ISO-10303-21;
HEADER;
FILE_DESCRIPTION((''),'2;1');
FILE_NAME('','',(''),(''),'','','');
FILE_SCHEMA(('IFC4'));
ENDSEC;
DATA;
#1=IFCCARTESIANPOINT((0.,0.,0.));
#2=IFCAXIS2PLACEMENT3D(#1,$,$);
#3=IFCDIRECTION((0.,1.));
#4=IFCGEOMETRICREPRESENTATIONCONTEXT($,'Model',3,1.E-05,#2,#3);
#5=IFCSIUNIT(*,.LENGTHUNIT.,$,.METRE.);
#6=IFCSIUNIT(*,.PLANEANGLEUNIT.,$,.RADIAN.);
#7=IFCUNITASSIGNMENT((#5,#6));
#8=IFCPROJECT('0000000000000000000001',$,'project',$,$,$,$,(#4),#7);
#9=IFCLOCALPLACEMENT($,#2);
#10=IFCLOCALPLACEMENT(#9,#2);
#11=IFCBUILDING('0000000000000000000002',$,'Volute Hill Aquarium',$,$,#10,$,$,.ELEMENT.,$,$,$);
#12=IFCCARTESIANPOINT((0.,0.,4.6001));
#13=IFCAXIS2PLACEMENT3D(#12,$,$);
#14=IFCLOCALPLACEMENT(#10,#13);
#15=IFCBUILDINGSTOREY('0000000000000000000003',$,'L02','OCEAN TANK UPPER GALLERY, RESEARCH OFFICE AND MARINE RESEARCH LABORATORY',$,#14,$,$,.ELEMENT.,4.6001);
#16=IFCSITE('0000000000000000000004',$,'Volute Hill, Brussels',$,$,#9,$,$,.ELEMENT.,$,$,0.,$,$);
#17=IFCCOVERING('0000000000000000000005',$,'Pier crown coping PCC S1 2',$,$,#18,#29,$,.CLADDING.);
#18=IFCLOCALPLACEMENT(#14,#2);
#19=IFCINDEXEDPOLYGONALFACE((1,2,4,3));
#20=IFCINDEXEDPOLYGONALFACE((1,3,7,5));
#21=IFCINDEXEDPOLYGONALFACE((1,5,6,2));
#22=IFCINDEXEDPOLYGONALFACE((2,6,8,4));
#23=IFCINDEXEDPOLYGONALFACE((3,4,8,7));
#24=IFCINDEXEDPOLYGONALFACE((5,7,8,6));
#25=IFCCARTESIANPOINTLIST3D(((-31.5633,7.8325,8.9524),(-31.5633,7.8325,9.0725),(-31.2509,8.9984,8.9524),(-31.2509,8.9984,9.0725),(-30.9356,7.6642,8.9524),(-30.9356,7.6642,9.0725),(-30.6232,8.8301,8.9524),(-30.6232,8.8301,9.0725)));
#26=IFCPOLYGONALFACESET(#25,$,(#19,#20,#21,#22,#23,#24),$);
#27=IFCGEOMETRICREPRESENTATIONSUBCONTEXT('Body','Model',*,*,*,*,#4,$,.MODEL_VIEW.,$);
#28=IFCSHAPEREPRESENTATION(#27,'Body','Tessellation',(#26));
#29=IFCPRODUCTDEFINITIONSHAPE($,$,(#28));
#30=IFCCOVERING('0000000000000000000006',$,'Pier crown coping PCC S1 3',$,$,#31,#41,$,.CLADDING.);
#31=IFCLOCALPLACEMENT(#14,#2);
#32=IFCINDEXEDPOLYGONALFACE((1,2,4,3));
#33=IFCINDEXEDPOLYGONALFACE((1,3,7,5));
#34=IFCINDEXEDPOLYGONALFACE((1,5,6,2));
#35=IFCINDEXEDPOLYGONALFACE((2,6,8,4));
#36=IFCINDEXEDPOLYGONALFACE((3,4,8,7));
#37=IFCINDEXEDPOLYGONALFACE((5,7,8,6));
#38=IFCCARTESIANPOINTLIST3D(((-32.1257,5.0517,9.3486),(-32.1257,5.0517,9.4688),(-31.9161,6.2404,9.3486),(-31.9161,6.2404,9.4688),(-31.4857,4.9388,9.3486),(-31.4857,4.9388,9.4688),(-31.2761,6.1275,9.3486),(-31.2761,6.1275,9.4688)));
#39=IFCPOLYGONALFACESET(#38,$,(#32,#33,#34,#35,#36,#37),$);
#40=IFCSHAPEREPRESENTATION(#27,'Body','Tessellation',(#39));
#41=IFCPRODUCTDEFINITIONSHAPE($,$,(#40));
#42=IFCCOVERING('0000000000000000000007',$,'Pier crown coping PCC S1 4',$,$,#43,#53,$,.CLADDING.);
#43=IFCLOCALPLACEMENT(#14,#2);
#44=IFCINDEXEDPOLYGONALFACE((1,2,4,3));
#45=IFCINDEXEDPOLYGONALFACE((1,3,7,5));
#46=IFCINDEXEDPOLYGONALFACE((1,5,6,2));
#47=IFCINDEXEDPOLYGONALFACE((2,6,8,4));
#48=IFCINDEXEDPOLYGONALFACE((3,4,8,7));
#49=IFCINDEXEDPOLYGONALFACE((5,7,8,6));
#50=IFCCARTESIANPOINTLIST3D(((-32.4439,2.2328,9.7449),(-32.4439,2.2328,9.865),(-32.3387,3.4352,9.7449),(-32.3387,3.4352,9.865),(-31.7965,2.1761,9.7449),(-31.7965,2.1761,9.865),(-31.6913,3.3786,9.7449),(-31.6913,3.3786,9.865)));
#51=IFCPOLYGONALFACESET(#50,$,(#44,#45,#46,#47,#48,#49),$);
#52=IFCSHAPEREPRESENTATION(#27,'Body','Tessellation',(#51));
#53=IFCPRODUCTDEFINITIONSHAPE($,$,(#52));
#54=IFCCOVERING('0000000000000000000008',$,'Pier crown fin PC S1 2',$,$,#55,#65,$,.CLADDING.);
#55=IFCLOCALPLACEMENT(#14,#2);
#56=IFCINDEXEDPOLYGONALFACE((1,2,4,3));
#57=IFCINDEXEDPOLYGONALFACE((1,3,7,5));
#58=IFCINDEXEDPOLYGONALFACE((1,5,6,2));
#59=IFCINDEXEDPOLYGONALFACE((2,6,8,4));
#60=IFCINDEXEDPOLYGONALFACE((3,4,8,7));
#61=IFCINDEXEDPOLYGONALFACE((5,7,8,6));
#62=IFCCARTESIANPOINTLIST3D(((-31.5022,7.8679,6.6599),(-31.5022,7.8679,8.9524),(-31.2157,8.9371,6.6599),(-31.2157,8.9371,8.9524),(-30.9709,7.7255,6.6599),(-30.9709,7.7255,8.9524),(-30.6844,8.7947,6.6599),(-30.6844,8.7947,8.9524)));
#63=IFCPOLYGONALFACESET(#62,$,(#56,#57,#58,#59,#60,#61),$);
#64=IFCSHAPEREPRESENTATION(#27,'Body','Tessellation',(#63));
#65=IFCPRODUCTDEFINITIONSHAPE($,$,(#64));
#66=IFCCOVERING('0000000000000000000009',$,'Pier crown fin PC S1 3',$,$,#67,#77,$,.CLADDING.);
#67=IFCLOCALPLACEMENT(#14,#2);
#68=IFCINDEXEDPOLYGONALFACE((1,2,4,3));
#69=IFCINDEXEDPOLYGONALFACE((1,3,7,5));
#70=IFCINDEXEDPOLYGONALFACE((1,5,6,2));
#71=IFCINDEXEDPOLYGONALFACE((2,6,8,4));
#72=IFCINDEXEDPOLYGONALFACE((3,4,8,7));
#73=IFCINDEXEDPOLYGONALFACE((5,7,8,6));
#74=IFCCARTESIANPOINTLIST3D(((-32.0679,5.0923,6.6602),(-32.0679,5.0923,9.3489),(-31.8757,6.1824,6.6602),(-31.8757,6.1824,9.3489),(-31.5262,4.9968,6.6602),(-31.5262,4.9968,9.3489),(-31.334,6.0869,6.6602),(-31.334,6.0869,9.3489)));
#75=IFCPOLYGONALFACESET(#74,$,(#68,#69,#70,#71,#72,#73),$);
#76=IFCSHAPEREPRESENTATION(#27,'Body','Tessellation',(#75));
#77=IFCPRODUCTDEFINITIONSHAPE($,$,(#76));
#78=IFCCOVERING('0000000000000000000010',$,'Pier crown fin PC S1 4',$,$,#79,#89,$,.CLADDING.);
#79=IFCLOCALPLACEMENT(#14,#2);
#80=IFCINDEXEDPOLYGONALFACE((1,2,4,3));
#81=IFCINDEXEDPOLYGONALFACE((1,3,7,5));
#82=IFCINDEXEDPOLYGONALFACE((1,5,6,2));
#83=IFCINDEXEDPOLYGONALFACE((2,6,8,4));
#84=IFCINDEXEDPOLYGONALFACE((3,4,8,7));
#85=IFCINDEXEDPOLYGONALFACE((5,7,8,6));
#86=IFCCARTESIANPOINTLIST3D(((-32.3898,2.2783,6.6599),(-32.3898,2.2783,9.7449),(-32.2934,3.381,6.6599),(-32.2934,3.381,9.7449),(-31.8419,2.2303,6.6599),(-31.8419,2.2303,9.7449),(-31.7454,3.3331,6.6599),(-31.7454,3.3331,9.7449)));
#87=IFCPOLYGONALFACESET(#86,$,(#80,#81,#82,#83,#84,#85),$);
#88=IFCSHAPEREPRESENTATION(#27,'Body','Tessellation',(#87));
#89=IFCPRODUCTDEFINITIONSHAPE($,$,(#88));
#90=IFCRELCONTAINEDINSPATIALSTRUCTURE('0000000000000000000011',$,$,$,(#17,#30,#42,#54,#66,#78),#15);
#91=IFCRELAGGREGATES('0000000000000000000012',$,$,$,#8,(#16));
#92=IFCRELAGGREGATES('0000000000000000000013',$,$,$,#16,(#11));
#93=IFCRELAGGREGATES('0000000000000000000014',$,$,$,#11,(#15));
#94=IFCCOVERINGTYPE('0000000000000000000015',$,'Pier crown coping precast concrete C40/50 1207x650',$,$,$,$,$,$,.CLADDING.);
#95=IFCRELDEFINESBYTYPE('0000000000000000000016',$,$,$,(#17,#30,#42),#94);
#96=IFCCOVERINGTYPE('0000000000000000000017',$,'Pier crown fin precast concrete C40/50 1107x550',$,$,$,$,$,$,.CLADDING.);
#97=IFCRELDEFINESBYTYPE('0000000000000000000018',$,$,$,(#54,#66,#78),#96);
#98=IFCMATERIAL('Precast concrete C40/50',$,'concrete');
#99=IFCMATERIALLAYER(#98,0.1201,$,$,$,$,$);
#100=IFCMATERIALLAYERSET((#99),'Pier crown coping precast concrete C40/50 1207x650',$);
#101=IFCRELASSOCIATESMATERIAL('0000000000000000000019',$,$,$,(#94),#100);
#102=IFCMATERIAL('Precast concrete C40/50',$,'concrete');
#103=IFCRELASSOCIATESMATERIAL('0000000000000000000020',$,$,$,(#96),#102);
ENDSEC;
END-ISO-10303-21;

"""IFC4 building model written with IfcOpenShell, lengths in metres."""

from ifc_helpers import new_model, si_unit, direction, frame, origin, origin_2d, place, context, subcontext, project, spatial, rectangle, extrude, material, layer, layer_set, type_object, element, save


model = new_model("IFC4")

# Units and contexts
model_context = context("Model", 3, precision=1e-05, world=origin(), true_north=direction((0.0, 1.0)))
body_context = subcontext(model_context, "Body", "Model", "MODEL_VIEW")
ifc_project = project(units=[si_unit("LENGTHUNIT", "METRE"), si_unit("PLANEANGLEUNIT", "RADIAN")], contexts=[model_context])

# Site, building, storey
site_placement = place(None, origin())
site = spatial("IfcSite", under=ifc_project, at=site_placement, Name="Volute Hill, Brussels", CompositionType="ELEMENT", RefElevation=0.0)
building_placement = place(site_placement, origin())
building = spatial("IfcBuilding", under=site, at=building_placement, Name="Volute Hill Aquarium", CompositionType="ELEMENT")
storey_placement = place(building_placement, frame((0.0, 0.0, 4.6001)))
storey = spatial("IfcBuildingStorey", under=building, at=storey_placement, Name="L02", Description="OCEAN TANK UPPER GALLERY, RESEARCH OFFICE AND MARINE RESEARCH LABORATORY", CompositionType="ELEMENT", Elevation=4.6001)

# Coverings
ifc_material_1 = material(Name="Precast concrete C40/50", Category="concrete")
ifc_layer_1 = layer(ifc_material_1, 0.1201)
ifc_layer_set_1 = layer_set([ifc_layer_1], Name="Pier crown coping precast concrete C40/50 1207x650")
covering_type_1 = type_object("IfcCoveringType", Name="Pier crown coping precast concrete C40/50 1207x650", PredefinedType="CLADDING", material=ifc_layer_set_1)
for number, where, z_axis, x_axis, name in (
    (1, (-31.0933, 8.3313, 8.9524), (0.0, 0.0, 1.0), (-0.258819, -0.965926, 0.0), "Pier crown coping PCC S1 2"),
    (2, (-31.7009, 5.5896, 9.3486), (0.0, 0.0, 1.0), (-0.173648, -0.984808, 0.0), "Pier crown coping PCC S1 3"),
    (3, (-32.0676, 2.8057, 9.7449), (0.0, 0.0, 1.0), (-0.087156, -0.996195, 0.0), "Pier crown coping PCC S1 4"),
):
    element("IfcCovering", number, at=place(storey_placement, frame(where, z_axis=z_axis, x_axis=x_axis)), inside=storey, type_object=covering_type_1, Name=name, PredefinedType="CLADDING", context=body_context, shape_type="SweptSolid", body=[
        extrude(rectangle(XDim=1.207, YDim=0.6499, at=origin_2d()), origin(), (0.0, 0.0, 1.0), 0.1201),
    ])
ifc_material_2 = material(Name="Precast concrete C40/50", Category="concrete")
covering_type_2 = type_object("IfcCoveringType", Name="Pier crown fin precast concrete C40/50 1107x550", PredefinedType="CLADDING", material=ifc_material_2)
covering_1_placement = place(storey_placement, frame((-31.0933, 8.3313, 6.6599), z_axis=(0.0, 0.0, 1.0), x_axis=(-0.258819, -0.965926, 0.0)))
element("IfcCovering", 4, at=covering_1_placement, inside=storey, type_object=covering_type_2, Name="Pier crown fin PC S1 2", PredefinedType="CLADDING", context=body_context, shape_type="SweptSolid", body=[
    extrude(rectangle(XDim=1.1069, YDim=0.55, at=origin_2d()), origin(), (0.0, 0.0, 1.0), 2.2925),
])
covering_2_placement = place(storey_placement, frame((-31.7009, 5.5896, 6.6602), z_axis=(0.0, 0.0, 1.0), x_axis=(-0.173648, -0.984808, 0.0)))
element("IfcCovering", 5, at=covering_2_placement, inside=storey, type_object=covering_type_2, Name="Pier crown fin PC S1 3", PredefinedType="CLADDING", context=body_context, shape_type="SweptSolid", body=[
    extrude(rectangle(XDim=1.1069, YDim=0.55, at=origin_2d()), origin(), (0.0, 0.0, 1.0), 2.6887),
])
covering_3_placement = place(storey_placement, frame((-32.0676, 2.8057, 6.6599), z_axis=(0.0, 0.0, 1.0), x_axis=(-0.087156, -0.996195, 0.0)))
element("IfcCovering", 6, at=covering_3_placement, inside=storey, type_object=covering_type_2, Name="Pier crown fin PC S1 4", PredefinedType="CLADDING", context=body_context, shape_type="SweptSolid", body=[
    extrude(rectangle(XDim=1.1069, YDim=0.55, at=origin_2d()), origin(), (0.0, 0.0, 1.0), 3.085),
])

save(model, "model.ifc")
